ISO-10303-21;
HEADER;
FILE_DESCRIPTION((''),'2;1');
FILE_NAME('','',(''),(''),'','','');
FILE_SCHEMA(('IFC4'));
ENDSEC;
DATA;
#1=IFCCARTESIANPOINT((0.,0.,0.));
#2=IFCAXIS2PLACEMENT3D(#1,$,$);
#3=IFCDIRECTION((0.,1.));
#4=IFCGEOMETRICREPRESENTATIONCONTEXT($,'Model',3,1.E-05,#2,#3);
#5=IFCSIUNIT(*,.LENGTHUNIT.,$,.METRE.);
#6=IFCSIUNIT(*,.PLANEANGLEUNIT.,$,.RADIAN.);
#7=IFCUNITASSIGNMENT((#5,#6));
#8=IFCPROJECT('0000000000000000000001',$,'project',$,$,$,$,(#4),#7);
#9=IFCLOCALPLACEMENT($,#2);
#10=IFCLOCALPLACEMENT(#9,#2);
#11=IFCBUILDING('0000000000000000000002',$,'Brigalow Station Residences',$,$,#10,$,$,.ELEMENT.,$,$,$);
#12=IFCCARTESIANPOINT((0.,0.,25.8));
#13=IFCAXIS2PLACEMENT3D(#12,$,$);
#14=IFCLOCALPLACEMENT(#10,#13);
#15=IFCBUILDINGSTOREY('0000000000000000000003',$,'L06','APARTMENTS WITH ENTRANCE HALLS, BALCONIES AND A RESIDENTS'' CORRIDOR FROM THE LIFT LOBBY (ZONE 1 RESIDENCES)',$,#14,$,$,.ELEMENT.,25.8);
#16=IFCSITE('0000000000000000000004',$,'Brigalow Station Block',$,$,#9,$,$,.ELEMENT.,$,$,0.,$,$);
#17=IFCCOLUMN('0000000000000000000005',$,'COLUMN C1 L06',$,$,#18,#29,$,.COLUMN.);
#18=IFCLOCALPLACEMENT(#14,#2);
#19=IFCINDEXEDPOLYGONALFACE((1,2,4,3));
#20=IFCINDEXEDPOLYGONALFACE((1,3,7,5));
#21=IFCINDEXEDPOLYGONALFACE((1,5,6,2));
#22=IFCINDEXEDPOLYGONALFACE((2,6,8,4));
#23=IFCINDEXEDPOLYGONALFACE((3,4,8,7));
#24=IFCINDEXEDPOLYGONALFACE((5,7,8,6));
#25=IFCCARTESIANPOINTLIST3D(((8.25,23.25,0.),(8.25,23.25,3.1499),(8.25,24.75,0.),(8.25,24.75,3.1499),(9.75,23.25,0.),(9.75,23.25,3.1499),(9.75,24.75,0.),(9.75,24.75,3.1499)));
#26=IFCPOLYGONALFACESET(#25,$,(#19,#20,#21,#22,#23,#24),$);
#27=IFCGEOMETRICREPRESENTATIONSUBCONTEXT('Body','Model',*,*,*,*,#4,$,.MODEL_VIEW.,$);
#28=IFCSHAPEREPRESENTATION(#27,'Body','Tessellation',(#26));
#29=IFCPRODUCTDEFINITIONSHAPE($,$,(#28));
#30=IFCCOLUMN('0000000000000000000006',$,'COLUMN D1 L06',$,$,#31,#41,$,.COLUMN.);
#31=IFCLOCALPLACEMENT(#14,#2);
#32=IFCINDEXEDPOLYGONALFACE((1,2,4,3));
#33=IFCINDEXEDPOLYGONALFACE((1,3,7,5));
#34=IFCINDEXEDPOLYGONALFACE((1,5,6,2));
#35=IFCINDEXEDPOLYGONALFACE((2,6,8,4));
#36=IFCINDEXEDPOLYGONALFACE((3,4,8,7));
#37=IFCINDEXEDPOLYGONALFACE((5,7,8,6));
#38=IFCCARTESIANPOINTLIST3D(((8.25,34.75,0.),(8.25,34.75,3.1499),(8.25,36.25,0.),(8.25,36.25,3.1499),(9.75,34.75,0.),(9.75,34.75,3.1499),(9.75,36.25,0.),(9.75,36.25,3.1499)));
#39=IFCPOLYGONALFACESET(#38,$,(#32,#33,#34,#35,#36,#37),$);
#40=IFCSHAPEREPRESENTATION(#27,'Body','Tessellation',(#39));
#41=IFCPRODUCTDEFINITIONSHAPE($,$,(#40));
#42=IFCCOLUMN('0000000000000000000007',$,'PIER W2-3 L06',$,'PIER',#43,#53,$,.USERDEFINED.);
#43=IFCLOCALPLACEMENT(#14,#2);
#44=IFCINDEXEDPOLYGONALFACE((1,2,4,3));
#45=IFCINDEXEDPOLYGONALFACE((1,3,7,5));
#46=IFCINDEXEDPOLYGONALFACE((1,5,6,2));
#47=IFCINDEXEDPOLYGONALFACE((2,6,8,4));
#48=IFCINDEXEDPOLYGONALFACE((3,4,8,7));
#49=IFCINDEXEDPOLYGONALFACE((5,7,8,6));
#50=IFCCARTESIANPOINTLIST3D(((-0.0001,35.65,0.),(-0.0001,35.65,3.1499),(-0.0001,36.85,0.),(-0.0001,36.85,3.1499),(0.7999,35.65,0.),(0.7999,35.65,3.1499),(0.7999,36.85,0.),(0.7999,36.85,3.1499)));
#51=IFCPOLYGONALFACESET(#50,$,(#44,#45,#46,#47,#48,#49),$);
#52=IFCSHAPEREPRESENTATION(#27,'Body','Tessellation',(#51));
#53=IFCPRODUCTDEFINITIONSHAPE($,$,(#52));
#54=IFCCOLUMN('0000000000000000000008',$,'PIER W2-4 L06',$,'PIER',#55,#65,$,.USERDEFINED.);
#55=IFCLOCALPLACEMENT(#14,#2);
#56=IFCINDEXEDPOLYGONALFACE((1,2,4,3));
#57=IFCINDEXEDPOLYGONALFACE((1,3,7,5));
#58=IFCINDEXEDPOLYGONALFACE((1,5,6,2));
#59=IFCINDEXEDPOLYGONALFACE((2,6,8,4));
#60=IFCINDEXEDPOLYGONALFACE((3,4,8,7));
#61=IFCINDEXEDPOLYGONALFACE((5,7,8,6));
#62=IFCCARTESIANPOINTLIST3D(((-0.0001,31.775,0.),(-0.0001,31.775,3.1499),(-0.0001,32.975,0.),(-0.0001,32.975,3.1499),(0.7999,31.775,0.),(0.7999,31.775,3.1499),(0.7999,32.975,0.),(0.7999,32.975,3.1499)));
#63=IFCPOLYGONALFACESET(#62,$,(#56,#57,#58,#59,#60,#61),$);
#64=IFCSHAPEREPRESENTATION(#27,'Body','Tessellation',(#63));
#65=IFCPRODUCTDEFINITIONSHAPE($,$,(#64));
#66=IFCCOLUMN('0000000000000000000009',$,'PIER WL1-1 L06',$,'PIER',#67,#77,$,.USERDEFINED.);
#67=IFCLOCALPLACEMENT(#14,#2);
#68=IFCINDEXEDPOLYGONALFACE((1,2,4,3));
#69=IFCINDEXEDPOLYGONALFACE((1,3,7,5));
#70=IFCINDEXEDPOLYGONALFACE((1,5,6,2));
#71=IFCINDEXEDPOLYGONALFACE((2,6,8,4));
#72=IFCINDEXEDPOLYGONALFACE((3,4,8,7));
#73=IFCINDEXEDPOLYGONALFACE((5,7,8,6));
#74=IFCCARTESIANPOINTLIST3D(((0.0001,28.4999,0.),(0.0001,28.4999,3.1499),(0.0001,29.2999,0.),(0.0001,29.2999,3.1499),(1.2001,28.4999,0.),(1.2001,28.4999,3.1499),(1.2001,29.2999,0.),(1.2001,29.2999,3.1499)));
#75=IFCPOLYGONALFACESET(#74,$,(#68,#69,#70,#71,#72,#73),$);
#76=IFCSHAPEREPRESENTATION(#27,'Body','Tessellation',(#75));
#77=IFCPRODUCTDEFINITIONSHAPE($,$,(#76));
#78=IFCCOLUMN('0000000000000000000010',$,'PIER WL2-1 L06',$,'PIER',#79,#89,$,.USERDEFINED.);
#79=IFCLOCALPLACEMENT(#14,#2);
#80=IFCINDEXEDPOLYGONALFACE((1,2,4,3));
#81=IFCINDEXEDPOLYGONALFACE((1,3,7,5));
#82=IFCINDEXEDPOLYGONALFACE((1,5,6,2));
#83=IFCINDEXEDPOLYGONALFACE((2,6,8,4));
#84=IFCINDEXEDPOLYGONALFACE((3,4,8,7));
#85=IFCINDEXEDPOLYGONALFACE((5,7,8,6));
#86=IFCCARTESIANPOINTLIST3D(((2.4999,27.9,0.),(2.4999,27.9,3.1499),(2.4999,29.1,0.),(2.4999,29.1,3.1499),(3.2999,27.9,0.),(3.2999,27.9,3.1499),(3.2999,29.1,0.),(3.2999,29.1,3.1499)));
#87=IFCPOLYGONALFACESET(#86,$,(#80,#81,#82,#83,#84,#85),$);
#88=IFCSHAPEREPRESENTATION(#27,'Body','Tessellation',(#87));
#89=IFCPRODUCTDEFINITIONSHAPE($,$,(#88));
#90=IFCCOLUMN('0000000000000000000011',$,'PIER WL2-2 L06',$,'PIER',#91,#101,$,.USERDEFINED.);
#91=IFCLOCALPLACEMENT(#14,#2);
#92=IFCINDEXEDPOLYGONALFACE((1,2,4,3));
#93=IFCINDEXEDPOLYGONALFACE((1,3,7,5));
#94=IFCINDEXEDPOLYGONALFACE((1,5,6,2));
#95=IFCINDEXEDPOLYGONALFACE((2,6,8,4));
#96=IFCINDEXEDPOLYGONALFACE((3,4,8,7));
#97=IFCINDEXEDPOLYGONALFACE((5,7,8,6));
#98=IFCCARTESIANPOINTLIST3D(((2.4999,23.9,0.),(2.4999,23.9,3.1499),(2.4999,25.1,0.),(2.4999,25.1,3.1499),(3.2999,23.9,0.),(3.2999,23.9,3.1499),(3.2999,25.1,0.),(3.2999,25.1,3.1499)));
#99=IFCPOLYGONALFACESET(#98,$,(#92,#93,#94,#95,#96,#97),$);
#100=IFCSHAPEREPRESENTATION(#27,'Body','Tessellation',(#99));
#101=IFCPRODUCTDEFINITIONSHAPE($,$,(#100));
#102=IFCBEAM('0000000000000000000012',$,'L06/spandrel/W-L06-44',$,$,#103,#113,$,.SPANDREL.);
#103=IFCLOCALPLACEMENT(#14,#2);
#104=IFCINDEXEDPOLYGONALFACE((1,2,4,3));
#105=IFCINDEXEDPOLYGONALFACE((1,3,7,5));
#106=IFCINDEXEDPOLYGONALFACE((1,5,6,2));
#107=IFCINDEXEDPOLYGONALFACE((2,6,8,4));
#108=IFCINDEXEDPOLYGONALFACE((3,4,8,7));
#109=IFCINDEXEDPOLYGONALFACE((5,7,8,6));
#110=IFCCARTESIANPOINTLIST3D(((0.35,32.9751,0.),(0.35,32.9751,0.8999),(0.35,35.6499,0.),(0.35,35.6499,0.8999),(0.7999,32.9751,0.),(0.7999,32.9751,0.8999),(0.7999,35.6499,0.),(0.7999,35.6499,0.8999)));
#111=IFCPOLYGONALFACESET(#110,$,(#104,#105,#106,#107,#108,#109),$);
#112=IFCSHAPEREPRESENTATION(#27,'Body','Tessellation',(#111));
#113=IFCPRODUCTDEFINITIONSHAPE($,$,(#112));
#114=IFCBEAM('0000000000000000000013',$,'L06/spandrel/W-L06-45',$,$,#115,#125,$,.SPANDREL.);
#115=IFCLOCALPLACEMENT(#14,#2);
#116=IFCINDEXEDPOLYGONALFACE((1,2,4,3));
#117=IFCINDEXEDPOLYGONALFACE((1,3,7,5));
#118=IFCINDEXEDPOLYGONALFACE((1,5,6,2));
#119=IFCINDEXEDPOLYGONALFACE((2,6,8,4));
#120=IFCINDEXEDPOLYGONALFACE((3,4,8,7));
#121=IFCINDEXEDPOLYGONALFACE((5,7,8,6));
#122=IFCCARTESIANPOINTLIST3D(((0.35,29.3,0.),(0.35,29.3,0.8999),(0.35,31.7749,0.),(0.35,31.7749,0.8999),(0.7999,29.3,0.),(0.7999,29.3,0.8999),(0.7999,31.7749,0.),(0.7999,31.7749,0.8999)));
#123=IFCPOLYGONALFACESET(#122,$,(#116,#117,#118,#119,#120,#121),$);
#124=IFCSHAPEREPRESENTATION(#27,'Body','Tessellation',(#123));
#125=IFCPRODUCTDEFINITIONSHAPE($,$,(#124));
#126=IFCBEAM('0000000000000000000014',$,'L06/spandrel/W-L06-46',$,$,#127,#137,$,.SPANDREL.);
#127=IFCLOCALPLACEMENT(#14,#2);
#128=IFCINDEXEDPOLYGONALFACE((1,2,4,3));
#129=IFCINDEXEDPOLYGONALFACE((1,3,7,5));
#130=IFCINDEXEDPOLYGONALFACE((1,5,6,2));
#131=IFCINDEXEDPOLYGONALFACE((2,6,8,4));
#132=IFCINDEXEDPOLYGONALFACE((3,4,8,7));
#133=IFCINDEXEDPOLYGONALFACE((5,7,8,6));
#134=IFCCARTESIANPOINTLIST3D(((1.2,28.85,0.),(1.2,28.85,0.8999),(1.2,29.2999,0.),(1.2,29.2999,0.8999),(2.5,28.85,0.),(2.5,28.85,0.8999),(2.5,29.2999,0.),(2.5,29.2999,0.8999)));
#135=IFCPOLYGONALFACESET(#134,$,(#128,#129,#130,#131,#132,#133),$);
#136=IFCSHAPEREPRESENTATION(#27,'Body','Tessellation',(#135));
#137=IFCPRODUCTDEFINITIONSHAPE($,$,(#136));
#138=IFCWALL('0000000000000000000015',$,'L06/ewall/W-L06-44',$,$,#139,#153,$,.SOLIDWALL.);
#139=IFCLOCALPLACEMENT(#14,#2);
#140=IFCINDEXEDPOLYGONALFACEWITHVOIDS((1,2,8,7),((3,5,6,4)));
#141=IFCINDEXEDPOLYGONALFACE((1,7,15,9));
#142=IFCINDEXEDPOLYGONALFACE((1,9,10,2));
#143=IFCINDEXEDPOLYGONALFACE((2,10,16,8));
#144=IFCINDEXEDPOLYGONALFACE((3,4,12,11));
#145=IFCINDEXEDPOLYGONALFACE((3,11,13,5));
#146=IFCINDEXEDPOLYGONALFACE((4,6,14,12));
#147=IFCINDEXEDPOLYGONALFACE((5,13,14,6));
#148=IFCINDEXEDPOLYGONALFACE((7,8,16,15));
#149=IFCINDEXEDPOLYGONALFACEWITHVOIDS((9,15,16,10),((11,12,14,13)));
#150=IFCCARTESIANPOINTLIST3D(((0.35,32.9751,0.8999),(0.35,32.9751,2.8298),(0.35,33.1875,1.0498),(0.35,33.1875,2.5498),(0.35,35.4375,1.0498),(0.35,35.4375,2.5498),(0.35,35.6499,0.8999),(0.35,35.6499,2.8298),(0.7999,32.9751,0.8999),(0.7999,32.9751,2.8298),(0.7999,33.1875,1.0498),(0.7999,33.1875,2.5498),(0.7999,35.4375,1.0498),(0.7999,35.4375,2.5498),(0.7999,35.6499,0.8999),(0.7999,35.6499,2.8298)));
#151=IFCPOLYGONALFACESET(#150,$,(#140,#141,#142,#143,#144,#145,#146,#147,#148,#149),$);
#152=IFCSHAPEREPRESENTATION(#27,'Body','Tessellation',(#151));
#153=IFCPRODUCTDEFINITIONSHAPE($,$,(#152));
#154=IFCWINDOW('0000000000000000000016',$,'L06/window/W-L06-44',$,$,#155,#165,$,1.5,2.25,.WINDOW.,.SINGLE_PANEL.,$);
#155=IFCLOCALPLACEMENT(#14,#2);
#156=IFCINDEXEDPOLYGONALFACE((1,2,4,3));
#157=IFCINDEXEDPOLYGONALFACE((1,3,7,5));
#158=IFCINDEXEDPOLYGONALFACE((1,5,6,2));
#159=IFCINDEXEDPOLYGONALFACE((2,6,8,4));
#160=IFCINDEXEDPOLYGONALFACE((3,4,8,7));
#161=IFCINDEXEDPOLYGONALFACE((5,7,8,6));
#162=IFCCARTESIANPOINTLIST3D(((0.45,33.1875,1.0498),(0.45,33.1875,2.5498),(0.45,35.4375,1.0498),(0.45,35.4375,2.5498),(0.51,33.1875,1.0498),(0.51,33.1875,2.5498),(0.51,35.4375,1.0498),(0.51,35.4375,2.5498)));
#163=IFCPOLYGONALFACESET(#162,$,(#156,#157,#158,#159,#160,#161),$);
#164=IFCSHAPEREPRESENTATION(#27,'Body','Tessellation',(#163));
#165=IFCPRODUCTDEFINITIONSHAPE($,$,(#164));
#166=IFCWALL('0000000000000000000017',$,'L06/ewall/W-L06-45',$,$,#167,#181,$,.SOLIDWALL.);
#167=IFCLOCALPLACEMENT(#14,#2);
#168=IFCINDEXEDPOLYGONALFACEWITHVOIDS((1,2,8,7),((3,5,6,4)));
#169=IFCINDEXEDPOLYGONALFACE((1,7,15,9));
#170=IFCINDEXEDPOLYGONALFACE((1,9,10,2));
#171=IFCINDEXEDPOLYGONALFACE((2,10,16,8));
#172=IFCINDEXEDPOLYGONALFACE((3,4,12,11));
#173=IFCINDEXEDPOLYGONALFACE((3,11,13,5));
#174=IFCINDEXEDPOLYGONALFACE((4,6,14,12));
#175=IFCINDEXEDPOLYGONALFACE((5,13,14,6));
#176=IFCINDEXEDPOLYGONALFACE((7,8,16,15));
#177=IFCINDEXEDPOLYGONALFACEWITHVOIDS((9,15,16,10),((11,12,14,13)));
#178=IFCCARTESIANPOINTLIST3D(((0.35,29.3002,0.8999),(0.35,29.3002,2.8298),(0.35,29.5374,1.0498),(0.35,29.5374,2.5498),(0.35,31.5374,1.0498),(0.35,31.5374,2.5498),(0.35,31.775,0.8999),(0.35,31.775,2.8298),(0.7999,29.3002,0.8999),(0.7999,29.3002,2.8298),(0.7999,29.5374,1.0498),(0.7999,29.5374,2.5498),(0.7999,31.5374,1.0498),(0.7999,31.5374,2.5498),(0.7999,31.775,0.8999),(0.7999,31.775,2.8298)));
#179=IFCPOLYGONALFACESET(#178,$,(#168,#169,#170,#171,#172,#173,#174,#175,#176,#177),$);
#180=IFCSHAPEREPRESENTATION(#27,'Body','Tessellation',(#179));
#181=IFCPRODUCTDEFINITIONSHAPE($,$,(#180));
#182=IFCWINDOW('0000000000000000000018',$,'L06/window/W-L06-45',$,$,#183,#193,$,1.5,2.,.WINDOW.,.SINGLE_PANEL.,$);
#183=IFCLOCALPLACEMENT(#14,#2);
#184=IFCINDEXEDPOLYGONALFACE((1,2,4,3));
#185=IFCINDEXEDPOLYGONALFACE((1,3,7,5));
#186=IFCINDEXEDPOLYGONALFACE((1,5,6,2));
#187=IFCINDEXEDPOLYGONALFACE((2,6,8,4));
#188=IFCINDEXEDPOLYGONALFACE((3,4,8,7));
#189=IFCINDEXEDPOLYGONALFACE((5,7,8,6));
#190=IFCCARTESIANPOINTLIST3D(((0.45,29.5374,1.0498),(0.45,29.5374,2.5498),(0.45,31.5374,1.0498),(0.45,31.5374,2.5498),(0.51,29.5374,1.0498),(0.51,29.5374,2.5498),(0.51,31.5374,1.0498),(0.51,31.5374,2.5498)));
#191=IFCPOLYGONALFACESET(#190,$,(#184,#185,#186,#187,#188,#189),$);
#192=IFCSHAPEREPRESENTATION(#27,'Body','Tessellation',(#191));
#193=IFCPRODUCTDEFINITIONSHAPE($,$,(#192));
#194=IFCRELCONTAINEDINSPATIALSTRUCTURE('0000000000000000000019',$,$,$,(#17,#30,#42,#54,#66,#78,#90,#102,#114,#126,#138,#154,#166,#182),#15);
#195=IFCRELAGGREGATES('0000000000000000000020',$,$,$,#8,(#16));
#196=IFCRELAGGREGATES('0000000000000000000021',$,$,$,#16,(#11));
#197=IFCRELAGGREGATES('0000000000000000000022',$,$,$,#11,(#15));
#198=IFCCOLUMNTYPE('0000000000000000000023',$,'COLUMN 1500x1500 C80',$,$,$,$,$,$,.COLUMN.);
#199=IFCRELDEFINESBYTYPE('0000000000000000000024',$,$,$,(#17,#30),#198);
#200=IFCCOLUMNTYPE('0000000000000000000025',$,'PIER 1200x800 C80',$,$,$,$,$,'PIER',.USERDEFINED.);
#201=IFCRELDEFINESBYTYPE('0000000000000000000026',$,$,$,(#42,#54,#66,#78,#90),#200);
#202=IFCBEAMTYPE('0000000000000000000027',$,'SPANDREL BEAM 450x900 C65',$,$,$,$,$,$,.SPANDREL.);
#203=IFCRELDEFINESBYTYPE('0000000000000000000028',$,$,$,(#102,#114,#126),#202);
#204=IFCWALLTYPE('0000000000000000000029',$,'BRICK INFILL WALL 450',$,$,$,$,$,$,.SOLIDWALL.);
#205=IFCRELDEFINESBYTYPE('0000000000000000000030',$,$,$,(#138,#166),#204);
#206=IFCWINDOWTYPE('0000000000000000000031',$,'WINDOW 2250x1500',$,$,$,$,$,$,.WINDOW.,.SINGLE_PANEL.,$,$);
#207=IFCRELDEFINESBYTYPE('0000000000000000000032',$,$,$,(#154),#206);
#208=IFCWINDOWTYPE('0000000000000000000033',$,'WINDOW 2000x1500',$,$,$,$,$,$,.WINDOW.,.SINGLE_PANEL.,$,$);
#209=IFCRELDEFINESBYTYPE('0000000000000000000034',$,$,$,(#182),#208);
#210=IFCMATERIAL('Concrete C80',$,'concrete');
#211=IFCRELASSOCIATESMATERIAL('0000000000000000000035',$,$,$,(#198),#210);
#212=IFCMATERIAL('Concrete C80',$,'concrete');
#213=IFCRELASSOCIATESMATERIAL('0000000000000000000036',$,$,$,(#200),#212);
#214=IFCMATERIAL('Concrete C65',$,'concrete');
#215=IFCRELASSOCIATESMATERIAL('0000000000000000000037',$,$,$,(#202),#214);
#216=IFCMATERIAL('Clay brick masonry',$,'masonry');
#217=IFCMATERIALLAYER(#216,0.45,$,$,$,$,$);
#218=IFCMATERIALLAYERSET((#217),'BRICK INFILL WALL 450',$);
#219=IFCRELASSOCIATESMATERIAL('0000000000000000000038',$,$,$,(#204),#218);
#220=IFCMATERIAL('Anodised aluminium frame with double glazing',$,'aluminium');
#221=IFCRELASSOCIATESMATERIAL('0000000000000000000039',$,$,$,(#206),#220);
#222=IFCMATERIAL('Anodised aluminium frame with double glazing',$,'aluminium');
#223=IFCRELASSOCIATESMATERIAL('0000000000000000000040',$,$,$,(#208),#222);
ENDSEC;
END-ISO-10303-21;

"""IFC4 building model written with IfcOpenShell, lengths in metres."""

from ifc_helpers import new_model, si_unit, direction, frame, frame_2d, origin, origin_2d, place, context, subcontext, project, spatial, rectangle, extrude, material, layer, layer_set, material_profile, profile_set, type_object, element, fill, save


model = new_model("IFC4")

# Units and contexts
model_context = context("Model", 3, precision=1e-05, world=origin(), true_north=direction((0.0, 1.0)))
body_context = subcontext(model_context, "Body", "Model", "MODEL_VIEW")
ifc_project = project(units=[si_unit("LENGTHUNIT", "METRE"), si_unit("PLANEANGLEUNIT", "RADIAN")], contexts=[model_context])

# Site, building, storey
site_placement = place(None, origin())
site = spatial("IfcSite", under=ifc_project, at=site_placement, Name="Brigalow Station Block", CompositionType="ELEMENT", RefElevation=0.0)
building_placement = place(site_placement, origin())
building = spatial("IfcBuilding", under=site, at=building_placement, Name="Brigalow Station Residences", CompositionType="ELEMENT")
storey_placement = place(building_placement, frame((0.0, 0.0, 25.8)))
storey = spatial("IfcBuildingStorey", under=building, at=storey_placement, Name="L06", Description="APARTMENTS WITH ENTRANCE HALLS, BALCONIES AND A RESIDENTS' CORRIDOR FROM THE LIFT LOBBY (ZONE 1 RESIDENCES)", CompositionType="ELEMENT", Elevation=25.8)

# Columns
ifc_material_1 = material(Name="Concrete C80", Category="concrete")
ifc_material_profile_1 = material_profile(ifc_material_1, rectangle(XDim=1.5, YDim=1.5, at=origin_2d()), Name="RC1500x1500")
ifc_profile_set_1 = profile_set([ifc_material_profile_1], Name="Concrete C80")
column_type_1 = type_object("IfcColumnType", Name="COLUMN 1500x1500 C80", PredefinedType="COLUMN", material=ifc_profile_set_1)
for number, where, z_axis, x_axis, name in (
    (1, (9.0, 24.0, 0.0), (0.0, 0.0, 1.0), (1.0, 0.0, 0.0), "COLUMN C1 L06"),
    (2, (9.0, 35.5, 0.0), (0.0, 0.0, 1.0), (1.0, 0.0, 0.0), "COLUMN D1 L06"),
):
    element("IfcColumn", number, at=place(storey_placement, frame(where, z_axis=z_axis, x_axis=x_axis)), inside=storey, type_object=column_type_1, Name=name, PredefinedType="COLUMN", context=body_context, shape_type="SweptSolid", body=[
        extrude(rectangle(XDim=1.5, YDim=1.5, at=origin_2d()), origin(), (0.0, 0.0, 1.0), 3.1499),
    ])
ifc_material_2 = material(Name="Concrete C80", Category="concrete")
ifc_material_profile_2 = material_profile(ifc_material_2, rectangle(XDim=1.2, YDim=0.8, at=origin_2d()), Name="RC1200x800")
ifc_profile_set_2 = profile_set([ifc_material_profile_2], Name="Concrete C80")
column_type_2 = type_object("IfcColumnType", Name="PIER 1200x800 C80", ElementType="PIER", PredefinedType="USERDEFINED", material=ifc_profile_set_2)
for number, where, z_axis, x_axis, name in (
    (3, (0.3999, 36.25, 0.0), (0.0, 0.0, 1.0), (0.0, -1.0, 0.0), "PIER W2-3 L06"),
    (4, (0.3999, 32.375, 0.0), (0.0, 0.0, 1.0), (0.0, -1.0, 0.0), "PIER W2-4 L06"),
    (5, (0.6001, 28.8999, 0.0), (0.0, 0.0, 1.0), (1.0, 0.0, 0.0), "PIER WL1-1 L06"),
    (6, (2.8999, 28.5, 0.0), (0.0, 0.0, 1.0), (0.0, -1.0, 0.0), "PIER WL2-1 L06"),
    (7, (2.8999, 24.5, 0.0), (0.0, 0.0, 1.0), (0.0, -1.0, 0.0), "PIER WL2-2 L06"),
):
    element("IfcColumn", number, at=place(storey_placement, frame(where, z_axis=z_axis, x_axis=x_axis)), inside=storey, type_object=column_type_2, Name=name, ObjectType="PIER", PredefinedType="USERDEFINED", context=body_context, shape_type="SweptSolid", body=[
        extrude(rectangle(XDim=1.2, YDim=0.8, at=origin_2d()), origin(), (0.0, 0.0, 1.0), 3.1499),
    ])

# Beams
ifc_material_3 = material(Name="Concrete C65", Category="concrete")
ifc_material_profile_3 = material_profile(ifc_material_3, rectangle(XDim=0.45, YDim=0.8999, at=origin_2d()), Name="RC450x900")
ifc_profile_set_3 = profile_set([ifc_material_profile_3], Name="Concrete C65")
beam_type = type_object("IfcBeamType", Name="SPANDREL BEAM 450x900 C65", PredefinedType="SPANDREL", material=ifc_profile_set_3)
beam_1_placement = place(storey_placement, frame((0.575, 35.6499, 0.45), z_axis=(0.0, -1.0, 0.0), x_axis=(1.0, 0.0, 0.0)))
element("IfcBeam", 8, at=beam_1_placement, inside=storey, type_object=beam_type, Name="L06/spandrel/W-L06-44", PredefinedType="SPANDREL", context=body_context, shape_type="SweptSolid", body=[
    extrude(rectangle(XDim=0.45, YDim=0.8999, at=origin_2d()), origin(), (0.0, 0.0, 1.0), 2.6748),
])
beam_2_placement = place(storey_placement, frame((0.575, 31.7749, 0.45), z_axis=(0.0, -1.0, 0.0), x_axis=(1.0, 0.0, 0.0)))
element("IfcBeam", 9, at=beam_2_placement, inside=storey, type_object=beam_type, Name="L06/spandrel/W-L06-45", PredefinedType="SPANDREL", context=body_context, shape_type="SweptSolid", body=[
    extrude(rectangle(XDim=0.45, YDim=0.8999, at=origin_2d()), origin(), (0.0, 0.0, 1.0), 2.4749),
])
beam_3_placement = place(storey_placement, frame((1.2, 29.075, 0.45), z_axis=(1.0, 0.0, 0.0), x_axis=(0.0, 1.0, 0.0)))
element("IfcBeam", 10, at=beam_3_placement, inside=storey, type_object=beam_type, Name="L06/spandrel/W-L06-46", PredefinedType="SPANDREL", context=body_context, shape_type="SweptSolid", body=[
    extrude(rectangle(XDim=0.45, YDim=0.8999, at=origin_2d()), origin(), (0.0, 0.0, 1.0), 1.3),
])

# Walls, openings, windows
ifc_material_4 = material(Name="Clay brick masonry", Category="masonry")
ifc_layer_1 = layer(ifc_material_4, 0.45)
ifc_layer_set_1 = layer_set([ifc_layer_1], Name="BRICK INFILL WALL 450")
wall_type_1 = type_object("IfcWallType", Name="BRICK INFILL WALL 450", PredefinedType="SOLIDWALL", material=ifc_layer_set_1)
wall_1_placement = place(storey_placement, frame((0.575, 35.6499, 0.8999), z_axis=(0.0, 0.0, 1.0), x_axis=(0.0, -1.0, 0.0)))
wall_1 = element("IfcWall", 11, at=wall_1_placement, inside=storey, type_object=wall_type_1, Name="L06/ewall/W-L06-44", PredefinedType="SOLIDWALL", context=body_context, shape_type="SweptSolid", body=[
    extrude(rectangle(XDim=2.6748, YDim=0.45, at=frame_2d((1.3374, 0.0))), origin(), (0.0, 0.0, 1.0), 1.9299),
])
opening_1_placement = place(wall_1_placement, frame((0.2124, 0.0, 0.1499)))
opening_1 = element("IfcOpeningElement", 12, at=opening_1_placement, cuts=wall_1, PredefinedType="OPENING", context=body_context, shape_type="SweptSolid", body=[
    extrude(rectangle(XDim=2.25, YDim=1.5, at=frame_2d((1.125, 0.75))), frame((0.0, 0.2349, 0.0), z_axis=(0.0, -1.0, 0.0), x_axis=(1.0, 0.0, 0.0)), (0.0, 0.0, 1.0), 0.47),
])
ifc_material_5 = material(Name="Anodised aluminium frame with double glazing", Category="aluminium")
window_type_1 = type_object("IfcWindowType", Name="WINDOW 2250x1500", PartitioningType="SINGLE_PANEL", PredefinedType="WINDOW", material=ifc_material_5)
window_1_placement = place(opening_1_placement, origin())
window_1 = element("IfcWindow", 13, at=window_1_placement, inside=storey, type_object=window_type_1, Name="L06/window/W-L06-44", OverallHeight=1.5, OverallWidth=2.25, PartitioningType="SINGLE_PANEL", PredefinedType="WINDOW", context=body_context, shape_type="SweptSolid", body=[
    extrude(rectangle(XDim=2.25, YDim=1.5, at=frame_2d((1.125, 0.75))), frame((0.0, -0.0649, 0.0), z_axis=(0.0, -1.0, 0.0), x_axis=(1.0, 0.0, 0.0)), (0.0, 0.0, 1.0), 0.0601),
])
fill(opening_1, window_1)
wall_2_placement = place(storey_placement, frame((0.575, 31.7749, 0.8999), z_axis=(0.0, 0.0, 1.0), x_axis=(0.0, -1.0, 0.0)))
wall_2 = element("IfcWall", 14, at=wall_2_placement, inside=storey, type_object=wall_type_1, Name="L06/ewall/W-L06-45", PredefinedType="SOLIDWALL", context=body_context, shape_type="SweptSolid", body=[
    extrude(rectangle(XDim=2.4749, YDim=0.45, at=frame_2d((1.2373, 0.0))), origin(), (0.0, 0.0, 1.0), 1.9299),
])
opening_2_placement = place(wall_2_placement, frame((0.2375, 0.0, 0.1499)))
opening_2 = element("IfcOpeningElement", 15, at=opening_2_placement, cuts=wall_2, PredefinedType="OPENING", context=body_context, shape_type="SweptSolid", body=[
    extrude(rectangle(XDim=2.0, YDim=1.5, at=frame_2d((1.0, 0.75))), frame((0.0, 0.2349, 0.0), z_axis=(0.0, -1.0, 0.0), x_axis=(1.0, 0.0, 0.0)), (0.0, 0.0, 1.0), 0.47),
])
ifc_material_6 = material(Name="Anodised aluminium frame with double glazing", Category="aluminium")
window_type_2 = type_object("IfcWindowType", Name="WINDOW 2000x1500", PartitioningType="SINGLE_PANEL", PredefinedType="WINDOW", material=ifc_material_6)
window_2_placement = place(opening_2_placement, origin())
window_2 = element("IfcWindow", 16, at=window_2_placement, inside=storey, type_object=window_type_2, Name="L06/window/W-L06-45", OverallHeight=1.5, OverallWidth=2.0, PartitioningType="SINGLE_PANEL", PredefinedType="WINDOW", context=body_context, shape_type="SweptSolid", body=[
    extrude(rectangle(XDim=2.0, YDim=1.5, at=frame_2d((1.0, 0.75))), frame((0.0, -0.0649, 0.0), z_axis=(0.0, -1.0, 0.0), x_axis=(1.0, 0.0, 0.0)), (0.0, 0.0, 1.0), 0.0601),
])
fill(opening_2, window_2)

save(model, "model.ifc")
